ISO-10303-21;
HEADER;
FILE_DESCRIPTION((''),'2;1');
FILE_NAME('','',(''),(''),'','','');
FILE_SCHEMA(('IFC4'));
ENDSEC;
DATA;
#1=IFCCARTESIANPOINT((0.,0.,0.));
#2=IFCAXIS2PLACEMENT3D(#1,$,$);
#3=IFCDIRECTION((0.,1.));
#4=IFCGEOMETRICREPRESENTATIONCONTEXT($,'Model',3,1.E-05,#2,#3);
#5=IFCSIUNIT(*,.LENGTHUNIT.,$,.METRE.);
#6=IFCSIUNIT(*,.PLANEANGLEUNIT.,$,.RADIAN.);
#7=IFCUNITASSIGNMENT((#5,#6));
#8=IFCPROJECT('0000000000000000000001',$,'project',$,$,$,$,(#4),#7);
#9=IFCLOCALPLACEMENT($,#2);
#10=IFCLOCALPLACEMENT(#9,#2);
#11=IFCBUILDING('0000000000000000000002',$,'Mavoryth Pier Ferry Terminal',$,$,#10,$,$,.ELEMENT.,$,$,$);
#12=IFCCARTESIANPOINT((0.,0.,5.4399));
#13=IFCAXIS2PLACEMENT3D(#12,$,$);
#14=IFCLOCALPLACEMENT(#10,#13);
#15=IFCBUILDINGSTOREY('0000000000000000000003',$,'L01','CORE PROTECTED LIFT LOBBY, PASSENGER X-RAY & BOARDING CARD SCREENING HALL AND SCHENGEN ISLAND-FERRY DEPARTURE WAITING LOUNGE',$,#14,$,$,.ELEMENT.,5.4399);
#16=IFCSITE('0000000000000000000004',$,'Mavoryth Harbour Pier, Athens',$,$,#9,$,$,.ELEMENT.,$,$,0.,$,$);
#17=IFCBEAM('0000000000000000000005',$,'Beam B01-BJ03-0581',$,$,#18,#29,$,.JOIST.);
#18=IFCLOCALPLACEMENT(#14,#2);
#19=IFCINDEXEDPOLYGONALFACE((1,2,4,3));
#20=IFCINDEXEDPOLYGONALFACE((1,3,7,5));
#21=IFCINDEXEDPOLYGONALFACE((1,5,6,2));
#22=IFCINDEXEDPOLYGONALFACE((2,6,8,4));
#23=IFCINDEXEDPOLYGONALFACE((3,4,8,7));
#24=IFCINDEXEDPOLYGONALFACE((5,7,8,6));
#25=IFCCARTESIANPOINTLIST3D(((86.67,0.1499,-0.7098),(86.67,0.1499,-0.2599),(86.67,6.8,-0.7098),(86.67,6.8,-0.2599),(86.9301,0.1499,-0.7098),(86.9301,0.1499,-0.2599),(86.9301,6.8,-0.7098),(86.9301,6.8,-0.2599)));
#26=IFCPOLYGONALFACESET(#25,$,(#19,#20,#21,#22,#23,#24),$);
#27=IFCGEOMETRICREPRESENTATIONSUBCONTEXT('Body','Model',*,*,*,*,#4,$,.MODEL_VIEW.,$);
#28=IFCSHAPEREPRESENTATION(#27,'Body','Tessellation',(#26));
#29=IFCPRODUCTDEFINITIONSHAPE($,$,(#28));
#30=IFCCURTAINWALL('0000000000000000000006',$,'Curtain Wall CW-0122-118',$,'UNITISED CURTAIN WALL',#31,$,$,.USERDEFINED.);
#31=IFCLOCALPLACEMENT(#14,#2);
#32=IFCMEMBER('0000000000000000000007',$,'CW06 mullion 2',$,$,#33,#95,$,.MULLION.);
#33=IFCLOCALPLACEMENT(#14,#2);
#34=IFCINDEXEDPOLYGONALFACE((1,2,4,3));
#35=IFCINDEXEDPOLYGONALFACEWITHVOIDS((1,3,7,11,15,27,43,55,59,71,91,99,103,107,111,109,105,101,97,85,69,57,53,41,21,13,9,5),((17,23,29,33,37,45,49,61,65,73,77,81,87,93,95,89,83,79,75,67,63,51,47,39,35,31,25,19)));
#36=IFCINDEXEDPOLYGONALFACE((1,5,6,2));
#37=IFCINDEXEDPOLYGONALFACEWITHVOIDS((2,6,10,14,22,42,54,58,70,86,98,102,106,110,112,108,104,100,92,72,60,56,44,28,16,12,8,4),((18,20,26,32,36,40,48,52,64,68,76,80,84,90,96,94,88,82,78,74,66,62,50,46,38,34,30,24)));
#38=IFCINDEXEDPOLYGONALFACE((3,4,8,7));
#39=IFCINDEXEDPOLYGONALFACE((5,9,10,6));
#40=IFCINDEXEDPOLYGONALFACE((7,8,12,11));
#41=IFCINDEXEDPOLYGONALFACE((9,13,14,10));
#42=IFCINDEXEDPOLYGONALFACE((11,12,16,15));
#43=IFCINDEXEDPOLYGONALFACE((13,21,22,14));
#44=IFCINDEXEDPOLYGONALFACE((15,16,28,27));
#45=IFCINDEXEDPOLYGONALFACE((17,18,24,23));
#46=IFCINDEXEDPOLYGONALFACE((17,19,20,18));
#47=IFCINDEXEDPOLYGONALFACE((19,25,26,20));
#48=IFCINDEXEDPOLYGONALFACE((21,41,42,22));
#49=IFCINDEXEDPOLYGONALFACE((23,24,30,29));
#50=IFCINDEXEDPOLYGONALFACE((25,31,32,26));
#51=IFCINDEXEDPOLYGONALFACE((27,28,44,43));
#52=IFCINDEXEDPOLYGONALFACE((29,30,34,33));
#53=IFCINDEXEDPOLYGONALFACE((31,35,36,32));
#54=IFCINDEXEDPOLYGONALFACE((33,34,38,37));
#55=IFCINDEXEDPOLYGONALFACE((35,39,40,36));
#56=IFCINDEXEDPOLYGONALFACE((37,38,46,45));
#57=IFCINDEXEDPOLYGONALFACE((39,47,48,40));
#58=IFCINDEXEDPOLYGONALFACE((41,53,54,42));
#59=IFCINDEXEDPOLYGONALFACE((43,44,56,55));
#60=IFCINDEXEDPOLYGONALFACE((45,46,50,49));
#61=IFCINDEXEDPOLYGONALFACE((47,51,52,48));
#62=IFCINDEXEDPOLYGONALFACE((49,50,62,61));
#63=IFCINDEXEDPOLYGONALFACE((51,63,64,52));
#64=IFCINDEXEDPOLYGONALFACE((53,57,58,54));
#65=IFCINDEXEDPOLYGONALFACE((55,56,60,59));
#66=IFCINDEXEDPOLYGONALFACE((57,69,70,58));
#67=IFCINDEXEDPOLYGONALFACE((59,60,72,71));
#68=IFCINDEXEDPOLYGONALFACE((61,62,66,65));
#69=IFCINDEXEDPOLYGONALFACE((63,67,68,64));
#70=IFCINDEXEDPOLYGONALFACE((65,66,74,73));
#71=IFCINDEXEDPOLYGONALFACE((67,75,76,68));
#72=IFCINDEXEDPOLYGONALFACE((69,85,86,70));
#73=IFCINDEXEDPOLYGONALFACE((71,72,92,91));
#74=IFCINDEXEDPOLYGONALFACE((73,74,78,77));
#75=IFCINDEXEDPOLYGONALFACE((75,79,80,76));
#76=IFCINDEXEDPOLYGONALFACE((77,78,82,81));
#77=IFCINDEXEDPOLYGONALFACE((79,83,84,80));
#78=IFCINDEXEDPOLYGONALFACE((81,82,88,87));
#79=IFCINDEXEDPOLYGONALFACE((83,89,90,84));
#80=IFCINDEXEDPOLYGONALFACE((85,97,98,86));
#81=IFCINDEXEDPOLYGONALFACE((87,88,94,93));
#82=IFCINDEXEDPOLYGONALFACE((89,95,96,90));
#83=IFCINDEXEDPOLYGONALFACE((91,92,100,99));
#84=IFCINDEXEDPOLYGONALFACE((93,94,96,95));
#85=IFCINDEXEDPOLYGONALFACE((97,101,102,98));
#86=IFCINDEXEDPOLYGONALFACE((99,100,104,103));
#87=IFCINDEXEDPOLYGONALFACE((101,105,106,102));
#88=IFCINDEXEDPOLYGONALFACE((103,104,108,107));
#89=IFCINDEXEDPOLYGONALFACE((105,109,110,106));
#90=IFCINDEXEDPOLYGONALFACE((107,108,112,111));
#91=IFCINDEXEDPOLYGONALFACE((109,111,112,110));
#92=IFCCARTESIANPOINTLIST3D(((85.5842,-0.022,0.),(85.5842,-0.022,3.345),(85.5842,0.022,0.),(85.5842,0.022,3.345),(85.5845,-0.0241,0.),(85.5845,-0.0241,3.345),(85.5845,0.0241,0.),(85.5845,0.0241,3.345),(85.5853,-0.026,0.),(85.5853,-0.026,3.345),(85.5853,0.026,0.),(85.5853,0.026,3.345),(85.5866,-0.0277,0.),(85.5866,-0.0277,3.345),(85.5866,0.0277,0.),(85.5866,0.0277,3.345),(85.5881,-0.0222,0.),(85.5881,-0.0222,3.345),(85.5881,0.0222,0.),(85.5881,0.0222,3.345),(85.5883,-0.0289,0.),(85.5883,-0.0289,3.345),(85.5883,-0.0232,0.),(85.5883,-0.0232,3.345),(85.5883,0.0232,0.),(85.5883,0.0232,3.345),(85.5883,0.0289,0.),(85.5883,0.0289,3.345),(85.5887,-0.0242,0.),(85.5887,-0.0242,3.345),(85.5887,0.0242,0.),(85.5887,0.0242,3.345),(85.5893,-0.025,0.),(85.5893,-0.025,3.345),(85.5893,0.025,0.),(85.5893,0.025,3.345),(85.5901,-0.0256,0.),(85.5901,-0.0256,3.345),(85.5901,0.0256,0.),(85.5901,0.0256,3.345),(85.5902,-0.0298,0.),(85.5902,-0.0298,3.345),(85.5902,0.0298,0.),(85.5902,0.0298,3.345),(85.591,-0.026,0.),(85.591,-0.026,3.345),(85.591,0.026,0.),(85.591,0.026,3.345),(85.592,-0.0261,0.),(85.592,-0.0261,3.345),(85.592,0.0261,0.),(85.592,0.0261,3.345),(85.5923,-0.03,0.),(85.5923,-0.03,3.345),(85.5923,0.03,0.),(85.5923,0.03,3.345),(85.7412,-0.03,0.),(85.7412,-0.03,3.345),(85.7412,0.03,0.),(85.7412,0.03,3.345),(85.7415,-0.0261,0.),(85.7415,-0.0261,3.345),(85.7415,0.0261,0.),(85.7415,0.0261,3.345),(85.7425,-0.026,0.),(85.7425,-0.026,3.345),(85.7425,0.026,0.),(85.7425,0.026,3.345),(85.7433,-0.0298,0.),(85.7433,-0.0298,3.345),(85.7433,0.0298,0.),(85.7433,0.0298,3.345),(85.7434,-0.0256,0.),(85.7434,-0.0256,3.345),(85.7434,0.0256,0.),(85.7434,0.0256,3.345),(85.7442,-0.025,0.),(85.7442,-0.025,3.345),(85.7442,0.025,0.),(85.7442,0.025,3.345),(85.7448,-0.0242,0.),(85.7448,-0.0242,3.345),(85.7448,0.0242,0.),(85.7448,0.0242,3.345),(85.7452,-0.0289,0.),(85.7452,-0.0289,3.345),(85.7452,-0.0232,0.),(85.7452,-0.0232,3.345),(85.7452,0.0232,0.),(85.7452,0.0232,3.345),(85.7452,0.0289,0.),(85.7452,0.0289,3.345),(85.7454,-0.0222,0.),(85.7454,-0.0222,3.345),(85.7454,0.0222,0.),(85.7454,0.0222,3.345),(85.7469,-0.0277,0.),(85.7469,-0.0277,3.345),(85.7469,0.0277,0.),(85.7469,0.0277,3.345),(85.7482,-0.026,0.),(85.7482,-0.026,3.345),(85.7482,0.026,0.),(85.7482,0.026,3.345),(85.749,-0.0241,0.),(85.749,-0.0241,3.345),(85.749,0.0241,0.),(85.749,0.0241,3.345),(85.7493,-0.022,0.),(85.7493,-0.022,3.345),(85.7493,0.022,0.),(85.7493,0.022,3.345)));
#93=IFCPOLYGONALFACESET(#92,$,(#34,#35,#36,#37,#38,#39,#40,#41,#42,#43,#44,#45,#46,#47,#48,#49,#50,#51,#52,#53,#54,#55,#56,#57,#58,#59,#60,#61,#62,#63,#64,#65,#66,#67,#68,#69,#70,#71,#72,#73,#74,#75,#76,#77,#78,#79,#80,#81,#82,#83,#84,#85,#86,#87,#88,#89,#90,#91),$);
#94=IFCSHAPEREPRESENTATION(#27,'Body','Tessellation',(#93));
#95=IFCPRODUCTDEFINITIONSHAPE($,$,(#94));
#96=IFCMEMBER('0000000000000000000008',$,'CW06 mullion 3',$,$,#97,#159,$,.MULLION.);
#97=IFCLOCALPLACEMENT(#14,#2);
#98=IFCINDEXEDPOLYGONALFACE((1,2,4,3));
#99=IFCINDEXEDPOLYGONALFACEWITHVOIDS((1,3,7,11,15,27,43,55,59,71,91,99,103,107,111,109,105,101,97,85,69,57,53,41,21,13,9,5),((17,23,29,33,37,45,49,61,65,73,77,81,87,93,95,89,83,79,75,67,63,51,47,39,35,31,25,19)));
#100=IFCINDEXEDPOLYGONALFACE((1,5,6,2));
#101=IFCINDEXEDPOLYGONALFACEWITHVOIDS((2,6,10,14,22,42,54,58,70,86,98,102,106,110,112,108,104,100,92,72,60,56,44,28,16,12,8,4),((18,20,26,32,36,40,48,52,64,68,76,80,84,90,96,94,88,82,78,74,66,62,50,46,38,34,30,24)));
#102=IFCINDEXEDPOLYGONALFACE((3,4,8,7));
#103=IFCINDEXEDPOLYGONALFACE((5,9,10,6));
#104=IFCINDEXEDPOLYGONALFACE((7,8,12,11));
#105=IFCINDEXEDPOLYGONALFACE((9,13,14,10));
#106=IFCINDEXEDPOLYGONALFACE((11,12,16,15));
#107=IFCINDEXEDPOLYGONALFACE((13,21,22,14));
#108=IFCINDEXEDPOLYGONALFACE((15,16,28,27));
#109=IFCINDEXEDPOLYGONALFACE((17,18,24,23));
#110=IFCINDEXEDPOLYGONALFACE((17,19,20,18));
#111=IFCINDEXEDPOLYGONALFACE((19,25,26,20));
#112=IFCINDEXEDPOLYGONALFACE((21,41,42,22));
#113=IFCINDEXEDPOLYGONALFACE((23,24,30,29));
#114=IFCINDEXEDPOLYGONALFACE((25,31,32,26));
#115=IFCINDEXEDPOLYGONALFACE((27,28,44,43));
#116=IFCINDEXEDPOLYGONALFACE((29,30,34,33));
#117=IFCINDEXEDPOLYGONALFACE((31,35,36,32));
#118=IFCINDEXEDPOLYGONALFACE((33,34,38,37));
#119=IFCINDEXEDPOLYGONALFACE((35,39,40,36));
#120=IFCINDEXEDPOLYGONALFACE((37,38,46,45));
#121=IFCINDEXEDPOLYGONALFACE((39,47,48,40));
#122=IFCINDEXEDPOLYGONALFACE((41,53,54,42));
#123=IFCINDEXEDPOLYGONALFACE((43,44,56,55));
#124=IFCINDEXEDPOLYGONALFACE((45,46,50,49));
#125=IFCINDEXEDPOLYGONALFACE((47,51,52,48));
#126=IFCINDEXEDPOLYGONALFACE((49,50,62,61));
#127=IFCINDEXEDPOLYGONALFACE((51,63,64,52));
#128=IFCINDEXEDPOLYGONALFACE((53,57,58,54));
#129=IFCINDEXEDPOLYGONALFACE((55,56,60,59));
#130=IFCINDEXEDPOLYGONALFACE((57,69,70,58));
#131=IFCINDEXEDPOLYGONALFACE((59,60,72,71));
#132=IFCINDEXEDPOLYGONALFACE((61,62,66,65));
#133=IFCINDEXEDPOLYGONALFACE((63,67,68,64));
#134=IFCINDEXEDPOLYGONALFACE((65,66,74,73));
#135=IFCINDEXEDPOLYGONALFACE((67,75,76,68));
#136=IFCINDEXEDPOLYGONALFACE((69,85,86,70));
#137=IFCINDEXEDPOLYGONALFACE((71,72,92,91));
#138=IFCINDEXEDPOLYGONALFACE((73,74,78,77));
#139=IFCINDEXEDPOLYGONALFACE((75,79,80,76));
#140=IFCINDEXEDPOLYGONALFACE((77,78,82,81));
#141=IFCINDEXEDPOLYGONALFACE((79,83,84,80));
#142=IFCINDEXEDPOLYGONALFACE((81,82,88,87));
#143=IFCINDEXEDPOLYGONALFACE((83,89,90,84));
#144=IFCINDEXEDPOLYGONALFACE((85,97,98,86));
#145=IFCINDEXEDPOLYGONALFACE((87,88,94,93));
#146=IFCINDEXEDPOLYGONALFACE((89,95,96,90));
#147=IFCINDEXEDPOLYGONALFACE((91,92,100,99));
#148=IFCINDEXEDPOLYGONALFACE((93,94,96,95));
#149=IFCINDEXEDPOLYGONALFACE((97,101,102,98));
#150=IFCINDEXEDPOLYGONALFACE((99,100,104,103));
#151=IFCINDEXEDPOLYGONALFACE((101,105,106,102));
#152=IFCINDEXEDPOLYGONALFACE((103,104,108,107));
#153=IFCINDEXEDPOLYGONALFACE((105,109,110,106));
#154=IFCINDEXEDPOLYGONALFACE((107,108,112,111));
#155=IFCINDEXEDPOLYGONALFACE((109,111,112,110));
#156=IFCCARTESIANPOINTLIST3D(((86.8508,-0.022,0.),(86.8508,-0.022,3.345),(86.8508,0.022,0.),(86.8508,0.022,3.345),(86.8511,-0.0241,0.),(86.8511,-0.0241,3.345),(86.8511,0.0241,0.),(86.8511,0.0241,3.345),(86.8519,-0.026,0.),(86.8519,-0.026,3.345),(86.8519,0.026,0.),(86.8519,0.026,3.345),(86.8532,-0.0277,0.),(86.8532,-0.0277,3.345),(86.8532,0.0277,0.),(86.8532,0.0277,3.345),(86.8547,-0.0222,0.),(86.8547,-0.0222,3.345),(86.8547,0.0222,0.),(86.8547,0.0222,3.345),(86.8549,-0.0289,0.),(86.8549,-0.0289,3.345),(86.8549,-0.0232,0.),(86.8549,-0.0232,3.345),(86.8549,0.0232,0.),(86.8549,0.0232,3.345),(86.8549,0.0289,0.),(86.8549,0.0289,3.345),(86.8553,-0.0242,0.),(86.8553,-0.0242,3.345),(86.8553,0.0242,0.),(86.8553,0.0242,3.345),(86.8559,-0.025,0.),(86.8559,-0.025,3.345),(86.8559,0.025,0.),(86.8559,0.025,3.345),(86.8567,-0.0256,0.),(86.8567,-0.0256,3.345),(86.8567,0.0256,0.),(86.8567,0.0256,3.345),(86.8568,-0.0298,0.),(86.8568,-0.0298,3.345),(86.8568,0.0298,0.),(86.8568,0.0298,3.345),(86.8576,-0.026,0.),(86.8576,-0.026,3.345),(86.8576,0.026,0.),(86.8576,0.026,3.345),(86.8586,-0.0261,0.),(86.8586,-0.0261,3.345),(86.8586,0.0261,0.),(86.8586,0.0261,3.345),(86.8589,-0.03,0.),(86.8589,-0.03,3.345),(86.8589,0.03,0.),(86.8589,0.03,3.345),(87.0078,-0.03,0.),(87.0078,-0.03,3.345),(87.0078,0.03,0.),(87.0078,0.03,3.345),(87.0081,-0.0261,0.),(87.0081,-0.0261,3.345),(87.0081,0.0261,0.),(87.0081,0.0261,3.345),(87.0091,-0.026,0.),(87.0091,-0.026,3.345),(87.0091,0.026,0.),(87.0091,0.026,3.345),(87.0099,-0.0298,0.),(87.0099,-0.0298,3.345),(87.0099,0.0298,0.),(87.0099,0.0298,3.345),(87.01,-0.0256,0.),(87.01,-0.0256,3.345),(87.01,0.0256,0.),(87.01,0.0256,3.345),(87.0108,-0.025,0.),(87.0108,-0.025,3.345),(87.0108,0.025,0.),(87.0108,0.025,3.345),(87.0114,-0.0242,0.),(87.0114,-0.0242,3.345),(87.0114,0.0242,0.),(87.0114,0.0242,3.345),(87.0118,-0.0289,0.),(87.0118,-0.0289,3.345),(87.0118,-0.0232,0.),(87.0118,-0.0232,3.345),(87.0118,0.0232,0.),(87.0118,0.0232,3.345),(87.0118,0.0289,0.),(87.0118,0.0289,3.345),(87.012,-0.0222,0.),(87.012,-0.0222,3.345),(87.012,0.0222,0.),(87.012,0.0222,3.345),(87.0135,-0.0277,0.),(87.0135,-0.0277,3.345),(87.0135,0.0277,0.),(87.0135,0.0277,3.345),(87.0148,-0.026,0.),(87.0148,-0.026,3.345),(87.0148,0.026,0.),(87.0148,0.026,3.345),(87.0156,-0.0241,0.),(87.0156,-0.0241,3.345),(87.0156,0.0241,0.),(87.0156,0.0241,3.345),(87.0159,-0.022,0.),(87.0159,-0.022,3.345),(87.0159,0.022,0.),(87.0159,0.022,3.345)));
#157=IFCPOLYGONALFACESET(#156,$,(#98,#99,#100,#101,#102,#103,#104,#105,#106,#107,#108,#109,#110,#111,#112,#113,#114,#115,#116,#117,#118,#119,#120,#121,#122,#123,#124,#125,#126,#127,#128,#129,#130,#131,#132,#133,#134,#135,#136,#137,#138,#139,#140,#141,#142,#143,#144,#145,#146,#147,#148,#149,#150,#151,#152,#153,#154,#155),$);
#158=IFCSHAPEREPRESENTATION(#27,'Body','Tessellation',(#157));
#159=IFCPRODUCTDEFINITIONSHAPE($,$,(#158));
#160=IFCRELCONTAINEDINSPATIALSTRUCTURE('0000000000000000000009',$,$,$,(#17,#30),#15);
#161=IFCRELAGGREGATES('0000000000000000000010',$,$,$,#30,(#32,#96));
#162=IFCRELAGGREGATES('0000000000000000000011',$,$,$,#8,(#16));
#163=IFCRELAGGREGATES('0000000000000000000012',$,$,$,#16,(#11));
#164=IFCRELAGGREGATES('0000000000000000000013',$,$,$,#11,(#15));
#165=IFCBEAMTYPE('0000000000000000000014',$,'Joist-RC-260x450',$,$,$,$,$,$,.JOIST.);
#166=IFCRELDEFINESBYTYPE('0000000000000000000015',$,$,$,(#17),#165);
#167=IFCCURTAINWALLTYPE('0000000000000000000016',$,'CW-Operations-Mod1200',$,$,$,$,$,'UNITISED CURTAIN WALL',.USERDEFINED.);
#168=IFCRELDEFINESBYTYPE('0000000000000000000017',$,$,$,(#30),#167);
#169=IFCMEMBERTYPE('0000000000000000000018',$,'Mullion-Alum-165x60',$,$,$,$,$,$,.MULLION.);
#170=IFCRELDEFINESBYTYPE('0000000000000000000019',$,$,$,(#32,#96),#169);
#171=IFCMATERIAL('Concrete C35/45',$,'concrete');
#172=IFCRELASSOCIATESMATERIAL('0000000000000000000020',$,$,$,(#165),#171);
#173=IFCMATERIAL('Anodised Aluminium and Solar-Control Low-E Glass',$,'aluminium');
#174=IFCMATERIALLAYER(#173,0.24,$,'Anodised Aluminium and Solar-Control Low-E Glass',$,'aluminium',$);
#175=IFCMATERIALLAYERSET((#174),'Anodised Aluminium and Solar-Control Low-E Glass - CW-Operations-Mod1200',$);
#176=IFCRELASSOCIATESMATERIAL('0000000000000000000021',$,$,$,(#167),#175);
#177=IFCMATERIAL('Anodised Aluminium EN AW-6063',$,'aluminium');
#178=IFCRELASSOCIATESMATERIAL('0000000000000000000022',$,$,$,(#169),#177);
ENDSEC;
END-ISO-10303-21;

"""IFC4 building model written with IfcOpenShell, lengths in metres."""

from ifc_helpers import new_model, si_unit, direction, frame, origin, origin_2d, place, context, subcontext, project, spatial, rectangle, hollow_rectangle, extrude, material, layer, layer_set, material_profile, profile_set, type_object, element, aggregate, save


model = new_model("IFC4")

# Units and contexts
model_context = context("Model", 3, precision=1e-05, world=origin(), true_north=direction((0.0, 1.0)))
body_context = subcontext(model_context, "Body", "Model", "MODEL_VIEW")
ifc_project = project(units=[si_unit("LENGTHUNIT", "METRE"), si_unit("PLANEANGLEUNIT", "RADIAN")], contexts=[model_context])

# Site, building, storey
site_placement = place(None, origin())
site = spatial("IfcSite", under=ifc_project, at=site_placement, Name="Mavoryth Harbour Pier, Athens", CompositionType="ELEMENT", RefElevation=0.0)
building_placement = place(site_placement, origin())
building = spatial("IfcBuilding", under=site, at=building_placement, Name="Mavoryth Pier Ferry Terminal", CompositionType="ELEMENT")
storey_placement = place(building_placement, frame((0.0, 0.0, 5.4399)))
storey = spatial("IfcBuildingStorey", under=building, at=storey_placement, Name="L01", Description="CORE PROTECTED LIFT LOBBY, PASSENGER X-RAY & BOARDING CARD SCREENING HALL AND SCHENGEN ISLAND-FERRY DEPARTURE WAITING LOUNGE", CompositionType="ELEMENT", Elevation=5.4399)

# Beam
ifc_material_1 = material(Name="Concrete C35/45", Category="concrete")
ifc_material_profile_1 = material_profile(ifc_material_1, rectangle(XDim=0.26, YDim=0.45, at=origin_2d()), Name="RC 260x450", Category="concrete")
ifc_profile_set_1 = profile_set([ifc_material_profile_1], Name="Concrete C35/45 - RC 260x450")
beam_type = type_object("IfcBeamType", Name="Joist-RC-260x450", PredefinedType="JOIST", material=ifc_profile_set_1)
beam_placement = place(storey_placement, frame((86.8, 0.1499, -0.4849), z_axis=(0.0, 1.0, 0.0), x_axis=(-1.0, 0.0, 0.0)))
element("IfcBeam", 1, at=beam_placement, inside=storey, type_object=beam_type, Name="Beam B01-BJ03-0581", PredefinedType="JOIST", context=body_context, shape_type="SweptSolid", body=[
    extrude(rectangle(XDim=0.26, YDim=0.45, at=origin_2d()), origin(), (0.0, 0.0, 1.0), 6.6501),
])

# Curtain wall, members
ifc_material_2 = material(Name="Anodised Aluminium and Solar-Control Low-E Glass", Category="aluminium")
ifc_layer_1 = layer(ifc_material_2, 0.24, Name="Anodised Aluminium and Solar-Control Low-E Glass", Category="aluminium")
ifc_layer_set_1 = layer_set([ifc_layer_1], Name="Anodised Aluminium and Solar-Control Low-E Glass - CW-Operations-Mod1200")
curtain_wall_type = type_object("IfcCurtainWallType", Name="CW-Operations-Mod1200", ElementType="UNITISED CURTAIN WALL", PredefinedType="USERDEFINED", material=ifc_layer_set_1)
curtain_wall_placement = place(storey_placement, origin())
curtain_wall = element("IfcCurtainWall", 2, at=curtain_wall_placement, inside=storey, type_object=curtain_wall_type, Name="Curtain Wall CW-0122-118", ObjectType="UNITISED CURTAIN WALL", PredefinedType="USERDEFINED")
ifc_material_3 = material(Name="Anodised Aluminium EN AW-6063", Category="aluminium")
ifc_material_profile_2 = material_profile(ifc_material_3, hollow_rectangle(XDim=0.0601, YDim=0.165, WallThickness=0.0039, InnerFilletRadius=0.0039, OuterFilletRadius=0.0081, at=origin_2d()), Name="AL-MULL 165x60x4", Category="aluminium")
ifc_profile_set_2 = profile_set([ifc_material_profile_2], Name="Anodised Aluminium EN AW-6063 - AL-MULL 165x60x4")
member_type_1 = type_object("IfcMemberType", Name="Mullion-Alum-165x60", PredefinedType="MULLION", material=ifc_profile_set_2)
member_1_placement = place(storey_placement, frame((85.6667, 0.0, 0.0), z_axis=(0.0, 0.0, 1.0), x_axis=(0.0, 1.0, 0.0)))
member_1 = element("IfcMember", 3, at=member_1_placement, type_object=member_type_1, Name="CW06 mullion 2", PredefinedType="MULLION", context=body_context, shape_type="SweptSolid", body=[
    extrude(hollow_rectangle(XDim=0.0601, YDim=0.165, WallThickness=0.0039, InnerFilletRadius=0.0039, OuterFilletRadius=0.0081, at=origin_2d()), origin(), (0.0, 0.0, 1.0), 3.345),
])
member_2_placement = place(storey_placement, frame((86.9333, 0.0, 0.0), z_axis=(0.0, 0.0, 1.0), x_axis=(0.0, 1.0, 0.0)))
member_2 = element("IfcMember", 4, at=member_2_placement, type_object=member_type_1, Name="CW06 mullion 3", PredefinedType="MULLION", context=body_context, shape_type="SweptSolid", body=[
    extrude(hollow_rectangle(XDim=0.0601, YDim=0.165, WallThickness=0.0039, InnerFilletRadius=0.0039, OuterFilletRadius=0.0081, at=origin_2d()), origin(), (0.0, 0.0, 1.0), 3.345),
])
aggregate(curtain_wall, [member_1, member_2])

save(model, "model.ifc")
